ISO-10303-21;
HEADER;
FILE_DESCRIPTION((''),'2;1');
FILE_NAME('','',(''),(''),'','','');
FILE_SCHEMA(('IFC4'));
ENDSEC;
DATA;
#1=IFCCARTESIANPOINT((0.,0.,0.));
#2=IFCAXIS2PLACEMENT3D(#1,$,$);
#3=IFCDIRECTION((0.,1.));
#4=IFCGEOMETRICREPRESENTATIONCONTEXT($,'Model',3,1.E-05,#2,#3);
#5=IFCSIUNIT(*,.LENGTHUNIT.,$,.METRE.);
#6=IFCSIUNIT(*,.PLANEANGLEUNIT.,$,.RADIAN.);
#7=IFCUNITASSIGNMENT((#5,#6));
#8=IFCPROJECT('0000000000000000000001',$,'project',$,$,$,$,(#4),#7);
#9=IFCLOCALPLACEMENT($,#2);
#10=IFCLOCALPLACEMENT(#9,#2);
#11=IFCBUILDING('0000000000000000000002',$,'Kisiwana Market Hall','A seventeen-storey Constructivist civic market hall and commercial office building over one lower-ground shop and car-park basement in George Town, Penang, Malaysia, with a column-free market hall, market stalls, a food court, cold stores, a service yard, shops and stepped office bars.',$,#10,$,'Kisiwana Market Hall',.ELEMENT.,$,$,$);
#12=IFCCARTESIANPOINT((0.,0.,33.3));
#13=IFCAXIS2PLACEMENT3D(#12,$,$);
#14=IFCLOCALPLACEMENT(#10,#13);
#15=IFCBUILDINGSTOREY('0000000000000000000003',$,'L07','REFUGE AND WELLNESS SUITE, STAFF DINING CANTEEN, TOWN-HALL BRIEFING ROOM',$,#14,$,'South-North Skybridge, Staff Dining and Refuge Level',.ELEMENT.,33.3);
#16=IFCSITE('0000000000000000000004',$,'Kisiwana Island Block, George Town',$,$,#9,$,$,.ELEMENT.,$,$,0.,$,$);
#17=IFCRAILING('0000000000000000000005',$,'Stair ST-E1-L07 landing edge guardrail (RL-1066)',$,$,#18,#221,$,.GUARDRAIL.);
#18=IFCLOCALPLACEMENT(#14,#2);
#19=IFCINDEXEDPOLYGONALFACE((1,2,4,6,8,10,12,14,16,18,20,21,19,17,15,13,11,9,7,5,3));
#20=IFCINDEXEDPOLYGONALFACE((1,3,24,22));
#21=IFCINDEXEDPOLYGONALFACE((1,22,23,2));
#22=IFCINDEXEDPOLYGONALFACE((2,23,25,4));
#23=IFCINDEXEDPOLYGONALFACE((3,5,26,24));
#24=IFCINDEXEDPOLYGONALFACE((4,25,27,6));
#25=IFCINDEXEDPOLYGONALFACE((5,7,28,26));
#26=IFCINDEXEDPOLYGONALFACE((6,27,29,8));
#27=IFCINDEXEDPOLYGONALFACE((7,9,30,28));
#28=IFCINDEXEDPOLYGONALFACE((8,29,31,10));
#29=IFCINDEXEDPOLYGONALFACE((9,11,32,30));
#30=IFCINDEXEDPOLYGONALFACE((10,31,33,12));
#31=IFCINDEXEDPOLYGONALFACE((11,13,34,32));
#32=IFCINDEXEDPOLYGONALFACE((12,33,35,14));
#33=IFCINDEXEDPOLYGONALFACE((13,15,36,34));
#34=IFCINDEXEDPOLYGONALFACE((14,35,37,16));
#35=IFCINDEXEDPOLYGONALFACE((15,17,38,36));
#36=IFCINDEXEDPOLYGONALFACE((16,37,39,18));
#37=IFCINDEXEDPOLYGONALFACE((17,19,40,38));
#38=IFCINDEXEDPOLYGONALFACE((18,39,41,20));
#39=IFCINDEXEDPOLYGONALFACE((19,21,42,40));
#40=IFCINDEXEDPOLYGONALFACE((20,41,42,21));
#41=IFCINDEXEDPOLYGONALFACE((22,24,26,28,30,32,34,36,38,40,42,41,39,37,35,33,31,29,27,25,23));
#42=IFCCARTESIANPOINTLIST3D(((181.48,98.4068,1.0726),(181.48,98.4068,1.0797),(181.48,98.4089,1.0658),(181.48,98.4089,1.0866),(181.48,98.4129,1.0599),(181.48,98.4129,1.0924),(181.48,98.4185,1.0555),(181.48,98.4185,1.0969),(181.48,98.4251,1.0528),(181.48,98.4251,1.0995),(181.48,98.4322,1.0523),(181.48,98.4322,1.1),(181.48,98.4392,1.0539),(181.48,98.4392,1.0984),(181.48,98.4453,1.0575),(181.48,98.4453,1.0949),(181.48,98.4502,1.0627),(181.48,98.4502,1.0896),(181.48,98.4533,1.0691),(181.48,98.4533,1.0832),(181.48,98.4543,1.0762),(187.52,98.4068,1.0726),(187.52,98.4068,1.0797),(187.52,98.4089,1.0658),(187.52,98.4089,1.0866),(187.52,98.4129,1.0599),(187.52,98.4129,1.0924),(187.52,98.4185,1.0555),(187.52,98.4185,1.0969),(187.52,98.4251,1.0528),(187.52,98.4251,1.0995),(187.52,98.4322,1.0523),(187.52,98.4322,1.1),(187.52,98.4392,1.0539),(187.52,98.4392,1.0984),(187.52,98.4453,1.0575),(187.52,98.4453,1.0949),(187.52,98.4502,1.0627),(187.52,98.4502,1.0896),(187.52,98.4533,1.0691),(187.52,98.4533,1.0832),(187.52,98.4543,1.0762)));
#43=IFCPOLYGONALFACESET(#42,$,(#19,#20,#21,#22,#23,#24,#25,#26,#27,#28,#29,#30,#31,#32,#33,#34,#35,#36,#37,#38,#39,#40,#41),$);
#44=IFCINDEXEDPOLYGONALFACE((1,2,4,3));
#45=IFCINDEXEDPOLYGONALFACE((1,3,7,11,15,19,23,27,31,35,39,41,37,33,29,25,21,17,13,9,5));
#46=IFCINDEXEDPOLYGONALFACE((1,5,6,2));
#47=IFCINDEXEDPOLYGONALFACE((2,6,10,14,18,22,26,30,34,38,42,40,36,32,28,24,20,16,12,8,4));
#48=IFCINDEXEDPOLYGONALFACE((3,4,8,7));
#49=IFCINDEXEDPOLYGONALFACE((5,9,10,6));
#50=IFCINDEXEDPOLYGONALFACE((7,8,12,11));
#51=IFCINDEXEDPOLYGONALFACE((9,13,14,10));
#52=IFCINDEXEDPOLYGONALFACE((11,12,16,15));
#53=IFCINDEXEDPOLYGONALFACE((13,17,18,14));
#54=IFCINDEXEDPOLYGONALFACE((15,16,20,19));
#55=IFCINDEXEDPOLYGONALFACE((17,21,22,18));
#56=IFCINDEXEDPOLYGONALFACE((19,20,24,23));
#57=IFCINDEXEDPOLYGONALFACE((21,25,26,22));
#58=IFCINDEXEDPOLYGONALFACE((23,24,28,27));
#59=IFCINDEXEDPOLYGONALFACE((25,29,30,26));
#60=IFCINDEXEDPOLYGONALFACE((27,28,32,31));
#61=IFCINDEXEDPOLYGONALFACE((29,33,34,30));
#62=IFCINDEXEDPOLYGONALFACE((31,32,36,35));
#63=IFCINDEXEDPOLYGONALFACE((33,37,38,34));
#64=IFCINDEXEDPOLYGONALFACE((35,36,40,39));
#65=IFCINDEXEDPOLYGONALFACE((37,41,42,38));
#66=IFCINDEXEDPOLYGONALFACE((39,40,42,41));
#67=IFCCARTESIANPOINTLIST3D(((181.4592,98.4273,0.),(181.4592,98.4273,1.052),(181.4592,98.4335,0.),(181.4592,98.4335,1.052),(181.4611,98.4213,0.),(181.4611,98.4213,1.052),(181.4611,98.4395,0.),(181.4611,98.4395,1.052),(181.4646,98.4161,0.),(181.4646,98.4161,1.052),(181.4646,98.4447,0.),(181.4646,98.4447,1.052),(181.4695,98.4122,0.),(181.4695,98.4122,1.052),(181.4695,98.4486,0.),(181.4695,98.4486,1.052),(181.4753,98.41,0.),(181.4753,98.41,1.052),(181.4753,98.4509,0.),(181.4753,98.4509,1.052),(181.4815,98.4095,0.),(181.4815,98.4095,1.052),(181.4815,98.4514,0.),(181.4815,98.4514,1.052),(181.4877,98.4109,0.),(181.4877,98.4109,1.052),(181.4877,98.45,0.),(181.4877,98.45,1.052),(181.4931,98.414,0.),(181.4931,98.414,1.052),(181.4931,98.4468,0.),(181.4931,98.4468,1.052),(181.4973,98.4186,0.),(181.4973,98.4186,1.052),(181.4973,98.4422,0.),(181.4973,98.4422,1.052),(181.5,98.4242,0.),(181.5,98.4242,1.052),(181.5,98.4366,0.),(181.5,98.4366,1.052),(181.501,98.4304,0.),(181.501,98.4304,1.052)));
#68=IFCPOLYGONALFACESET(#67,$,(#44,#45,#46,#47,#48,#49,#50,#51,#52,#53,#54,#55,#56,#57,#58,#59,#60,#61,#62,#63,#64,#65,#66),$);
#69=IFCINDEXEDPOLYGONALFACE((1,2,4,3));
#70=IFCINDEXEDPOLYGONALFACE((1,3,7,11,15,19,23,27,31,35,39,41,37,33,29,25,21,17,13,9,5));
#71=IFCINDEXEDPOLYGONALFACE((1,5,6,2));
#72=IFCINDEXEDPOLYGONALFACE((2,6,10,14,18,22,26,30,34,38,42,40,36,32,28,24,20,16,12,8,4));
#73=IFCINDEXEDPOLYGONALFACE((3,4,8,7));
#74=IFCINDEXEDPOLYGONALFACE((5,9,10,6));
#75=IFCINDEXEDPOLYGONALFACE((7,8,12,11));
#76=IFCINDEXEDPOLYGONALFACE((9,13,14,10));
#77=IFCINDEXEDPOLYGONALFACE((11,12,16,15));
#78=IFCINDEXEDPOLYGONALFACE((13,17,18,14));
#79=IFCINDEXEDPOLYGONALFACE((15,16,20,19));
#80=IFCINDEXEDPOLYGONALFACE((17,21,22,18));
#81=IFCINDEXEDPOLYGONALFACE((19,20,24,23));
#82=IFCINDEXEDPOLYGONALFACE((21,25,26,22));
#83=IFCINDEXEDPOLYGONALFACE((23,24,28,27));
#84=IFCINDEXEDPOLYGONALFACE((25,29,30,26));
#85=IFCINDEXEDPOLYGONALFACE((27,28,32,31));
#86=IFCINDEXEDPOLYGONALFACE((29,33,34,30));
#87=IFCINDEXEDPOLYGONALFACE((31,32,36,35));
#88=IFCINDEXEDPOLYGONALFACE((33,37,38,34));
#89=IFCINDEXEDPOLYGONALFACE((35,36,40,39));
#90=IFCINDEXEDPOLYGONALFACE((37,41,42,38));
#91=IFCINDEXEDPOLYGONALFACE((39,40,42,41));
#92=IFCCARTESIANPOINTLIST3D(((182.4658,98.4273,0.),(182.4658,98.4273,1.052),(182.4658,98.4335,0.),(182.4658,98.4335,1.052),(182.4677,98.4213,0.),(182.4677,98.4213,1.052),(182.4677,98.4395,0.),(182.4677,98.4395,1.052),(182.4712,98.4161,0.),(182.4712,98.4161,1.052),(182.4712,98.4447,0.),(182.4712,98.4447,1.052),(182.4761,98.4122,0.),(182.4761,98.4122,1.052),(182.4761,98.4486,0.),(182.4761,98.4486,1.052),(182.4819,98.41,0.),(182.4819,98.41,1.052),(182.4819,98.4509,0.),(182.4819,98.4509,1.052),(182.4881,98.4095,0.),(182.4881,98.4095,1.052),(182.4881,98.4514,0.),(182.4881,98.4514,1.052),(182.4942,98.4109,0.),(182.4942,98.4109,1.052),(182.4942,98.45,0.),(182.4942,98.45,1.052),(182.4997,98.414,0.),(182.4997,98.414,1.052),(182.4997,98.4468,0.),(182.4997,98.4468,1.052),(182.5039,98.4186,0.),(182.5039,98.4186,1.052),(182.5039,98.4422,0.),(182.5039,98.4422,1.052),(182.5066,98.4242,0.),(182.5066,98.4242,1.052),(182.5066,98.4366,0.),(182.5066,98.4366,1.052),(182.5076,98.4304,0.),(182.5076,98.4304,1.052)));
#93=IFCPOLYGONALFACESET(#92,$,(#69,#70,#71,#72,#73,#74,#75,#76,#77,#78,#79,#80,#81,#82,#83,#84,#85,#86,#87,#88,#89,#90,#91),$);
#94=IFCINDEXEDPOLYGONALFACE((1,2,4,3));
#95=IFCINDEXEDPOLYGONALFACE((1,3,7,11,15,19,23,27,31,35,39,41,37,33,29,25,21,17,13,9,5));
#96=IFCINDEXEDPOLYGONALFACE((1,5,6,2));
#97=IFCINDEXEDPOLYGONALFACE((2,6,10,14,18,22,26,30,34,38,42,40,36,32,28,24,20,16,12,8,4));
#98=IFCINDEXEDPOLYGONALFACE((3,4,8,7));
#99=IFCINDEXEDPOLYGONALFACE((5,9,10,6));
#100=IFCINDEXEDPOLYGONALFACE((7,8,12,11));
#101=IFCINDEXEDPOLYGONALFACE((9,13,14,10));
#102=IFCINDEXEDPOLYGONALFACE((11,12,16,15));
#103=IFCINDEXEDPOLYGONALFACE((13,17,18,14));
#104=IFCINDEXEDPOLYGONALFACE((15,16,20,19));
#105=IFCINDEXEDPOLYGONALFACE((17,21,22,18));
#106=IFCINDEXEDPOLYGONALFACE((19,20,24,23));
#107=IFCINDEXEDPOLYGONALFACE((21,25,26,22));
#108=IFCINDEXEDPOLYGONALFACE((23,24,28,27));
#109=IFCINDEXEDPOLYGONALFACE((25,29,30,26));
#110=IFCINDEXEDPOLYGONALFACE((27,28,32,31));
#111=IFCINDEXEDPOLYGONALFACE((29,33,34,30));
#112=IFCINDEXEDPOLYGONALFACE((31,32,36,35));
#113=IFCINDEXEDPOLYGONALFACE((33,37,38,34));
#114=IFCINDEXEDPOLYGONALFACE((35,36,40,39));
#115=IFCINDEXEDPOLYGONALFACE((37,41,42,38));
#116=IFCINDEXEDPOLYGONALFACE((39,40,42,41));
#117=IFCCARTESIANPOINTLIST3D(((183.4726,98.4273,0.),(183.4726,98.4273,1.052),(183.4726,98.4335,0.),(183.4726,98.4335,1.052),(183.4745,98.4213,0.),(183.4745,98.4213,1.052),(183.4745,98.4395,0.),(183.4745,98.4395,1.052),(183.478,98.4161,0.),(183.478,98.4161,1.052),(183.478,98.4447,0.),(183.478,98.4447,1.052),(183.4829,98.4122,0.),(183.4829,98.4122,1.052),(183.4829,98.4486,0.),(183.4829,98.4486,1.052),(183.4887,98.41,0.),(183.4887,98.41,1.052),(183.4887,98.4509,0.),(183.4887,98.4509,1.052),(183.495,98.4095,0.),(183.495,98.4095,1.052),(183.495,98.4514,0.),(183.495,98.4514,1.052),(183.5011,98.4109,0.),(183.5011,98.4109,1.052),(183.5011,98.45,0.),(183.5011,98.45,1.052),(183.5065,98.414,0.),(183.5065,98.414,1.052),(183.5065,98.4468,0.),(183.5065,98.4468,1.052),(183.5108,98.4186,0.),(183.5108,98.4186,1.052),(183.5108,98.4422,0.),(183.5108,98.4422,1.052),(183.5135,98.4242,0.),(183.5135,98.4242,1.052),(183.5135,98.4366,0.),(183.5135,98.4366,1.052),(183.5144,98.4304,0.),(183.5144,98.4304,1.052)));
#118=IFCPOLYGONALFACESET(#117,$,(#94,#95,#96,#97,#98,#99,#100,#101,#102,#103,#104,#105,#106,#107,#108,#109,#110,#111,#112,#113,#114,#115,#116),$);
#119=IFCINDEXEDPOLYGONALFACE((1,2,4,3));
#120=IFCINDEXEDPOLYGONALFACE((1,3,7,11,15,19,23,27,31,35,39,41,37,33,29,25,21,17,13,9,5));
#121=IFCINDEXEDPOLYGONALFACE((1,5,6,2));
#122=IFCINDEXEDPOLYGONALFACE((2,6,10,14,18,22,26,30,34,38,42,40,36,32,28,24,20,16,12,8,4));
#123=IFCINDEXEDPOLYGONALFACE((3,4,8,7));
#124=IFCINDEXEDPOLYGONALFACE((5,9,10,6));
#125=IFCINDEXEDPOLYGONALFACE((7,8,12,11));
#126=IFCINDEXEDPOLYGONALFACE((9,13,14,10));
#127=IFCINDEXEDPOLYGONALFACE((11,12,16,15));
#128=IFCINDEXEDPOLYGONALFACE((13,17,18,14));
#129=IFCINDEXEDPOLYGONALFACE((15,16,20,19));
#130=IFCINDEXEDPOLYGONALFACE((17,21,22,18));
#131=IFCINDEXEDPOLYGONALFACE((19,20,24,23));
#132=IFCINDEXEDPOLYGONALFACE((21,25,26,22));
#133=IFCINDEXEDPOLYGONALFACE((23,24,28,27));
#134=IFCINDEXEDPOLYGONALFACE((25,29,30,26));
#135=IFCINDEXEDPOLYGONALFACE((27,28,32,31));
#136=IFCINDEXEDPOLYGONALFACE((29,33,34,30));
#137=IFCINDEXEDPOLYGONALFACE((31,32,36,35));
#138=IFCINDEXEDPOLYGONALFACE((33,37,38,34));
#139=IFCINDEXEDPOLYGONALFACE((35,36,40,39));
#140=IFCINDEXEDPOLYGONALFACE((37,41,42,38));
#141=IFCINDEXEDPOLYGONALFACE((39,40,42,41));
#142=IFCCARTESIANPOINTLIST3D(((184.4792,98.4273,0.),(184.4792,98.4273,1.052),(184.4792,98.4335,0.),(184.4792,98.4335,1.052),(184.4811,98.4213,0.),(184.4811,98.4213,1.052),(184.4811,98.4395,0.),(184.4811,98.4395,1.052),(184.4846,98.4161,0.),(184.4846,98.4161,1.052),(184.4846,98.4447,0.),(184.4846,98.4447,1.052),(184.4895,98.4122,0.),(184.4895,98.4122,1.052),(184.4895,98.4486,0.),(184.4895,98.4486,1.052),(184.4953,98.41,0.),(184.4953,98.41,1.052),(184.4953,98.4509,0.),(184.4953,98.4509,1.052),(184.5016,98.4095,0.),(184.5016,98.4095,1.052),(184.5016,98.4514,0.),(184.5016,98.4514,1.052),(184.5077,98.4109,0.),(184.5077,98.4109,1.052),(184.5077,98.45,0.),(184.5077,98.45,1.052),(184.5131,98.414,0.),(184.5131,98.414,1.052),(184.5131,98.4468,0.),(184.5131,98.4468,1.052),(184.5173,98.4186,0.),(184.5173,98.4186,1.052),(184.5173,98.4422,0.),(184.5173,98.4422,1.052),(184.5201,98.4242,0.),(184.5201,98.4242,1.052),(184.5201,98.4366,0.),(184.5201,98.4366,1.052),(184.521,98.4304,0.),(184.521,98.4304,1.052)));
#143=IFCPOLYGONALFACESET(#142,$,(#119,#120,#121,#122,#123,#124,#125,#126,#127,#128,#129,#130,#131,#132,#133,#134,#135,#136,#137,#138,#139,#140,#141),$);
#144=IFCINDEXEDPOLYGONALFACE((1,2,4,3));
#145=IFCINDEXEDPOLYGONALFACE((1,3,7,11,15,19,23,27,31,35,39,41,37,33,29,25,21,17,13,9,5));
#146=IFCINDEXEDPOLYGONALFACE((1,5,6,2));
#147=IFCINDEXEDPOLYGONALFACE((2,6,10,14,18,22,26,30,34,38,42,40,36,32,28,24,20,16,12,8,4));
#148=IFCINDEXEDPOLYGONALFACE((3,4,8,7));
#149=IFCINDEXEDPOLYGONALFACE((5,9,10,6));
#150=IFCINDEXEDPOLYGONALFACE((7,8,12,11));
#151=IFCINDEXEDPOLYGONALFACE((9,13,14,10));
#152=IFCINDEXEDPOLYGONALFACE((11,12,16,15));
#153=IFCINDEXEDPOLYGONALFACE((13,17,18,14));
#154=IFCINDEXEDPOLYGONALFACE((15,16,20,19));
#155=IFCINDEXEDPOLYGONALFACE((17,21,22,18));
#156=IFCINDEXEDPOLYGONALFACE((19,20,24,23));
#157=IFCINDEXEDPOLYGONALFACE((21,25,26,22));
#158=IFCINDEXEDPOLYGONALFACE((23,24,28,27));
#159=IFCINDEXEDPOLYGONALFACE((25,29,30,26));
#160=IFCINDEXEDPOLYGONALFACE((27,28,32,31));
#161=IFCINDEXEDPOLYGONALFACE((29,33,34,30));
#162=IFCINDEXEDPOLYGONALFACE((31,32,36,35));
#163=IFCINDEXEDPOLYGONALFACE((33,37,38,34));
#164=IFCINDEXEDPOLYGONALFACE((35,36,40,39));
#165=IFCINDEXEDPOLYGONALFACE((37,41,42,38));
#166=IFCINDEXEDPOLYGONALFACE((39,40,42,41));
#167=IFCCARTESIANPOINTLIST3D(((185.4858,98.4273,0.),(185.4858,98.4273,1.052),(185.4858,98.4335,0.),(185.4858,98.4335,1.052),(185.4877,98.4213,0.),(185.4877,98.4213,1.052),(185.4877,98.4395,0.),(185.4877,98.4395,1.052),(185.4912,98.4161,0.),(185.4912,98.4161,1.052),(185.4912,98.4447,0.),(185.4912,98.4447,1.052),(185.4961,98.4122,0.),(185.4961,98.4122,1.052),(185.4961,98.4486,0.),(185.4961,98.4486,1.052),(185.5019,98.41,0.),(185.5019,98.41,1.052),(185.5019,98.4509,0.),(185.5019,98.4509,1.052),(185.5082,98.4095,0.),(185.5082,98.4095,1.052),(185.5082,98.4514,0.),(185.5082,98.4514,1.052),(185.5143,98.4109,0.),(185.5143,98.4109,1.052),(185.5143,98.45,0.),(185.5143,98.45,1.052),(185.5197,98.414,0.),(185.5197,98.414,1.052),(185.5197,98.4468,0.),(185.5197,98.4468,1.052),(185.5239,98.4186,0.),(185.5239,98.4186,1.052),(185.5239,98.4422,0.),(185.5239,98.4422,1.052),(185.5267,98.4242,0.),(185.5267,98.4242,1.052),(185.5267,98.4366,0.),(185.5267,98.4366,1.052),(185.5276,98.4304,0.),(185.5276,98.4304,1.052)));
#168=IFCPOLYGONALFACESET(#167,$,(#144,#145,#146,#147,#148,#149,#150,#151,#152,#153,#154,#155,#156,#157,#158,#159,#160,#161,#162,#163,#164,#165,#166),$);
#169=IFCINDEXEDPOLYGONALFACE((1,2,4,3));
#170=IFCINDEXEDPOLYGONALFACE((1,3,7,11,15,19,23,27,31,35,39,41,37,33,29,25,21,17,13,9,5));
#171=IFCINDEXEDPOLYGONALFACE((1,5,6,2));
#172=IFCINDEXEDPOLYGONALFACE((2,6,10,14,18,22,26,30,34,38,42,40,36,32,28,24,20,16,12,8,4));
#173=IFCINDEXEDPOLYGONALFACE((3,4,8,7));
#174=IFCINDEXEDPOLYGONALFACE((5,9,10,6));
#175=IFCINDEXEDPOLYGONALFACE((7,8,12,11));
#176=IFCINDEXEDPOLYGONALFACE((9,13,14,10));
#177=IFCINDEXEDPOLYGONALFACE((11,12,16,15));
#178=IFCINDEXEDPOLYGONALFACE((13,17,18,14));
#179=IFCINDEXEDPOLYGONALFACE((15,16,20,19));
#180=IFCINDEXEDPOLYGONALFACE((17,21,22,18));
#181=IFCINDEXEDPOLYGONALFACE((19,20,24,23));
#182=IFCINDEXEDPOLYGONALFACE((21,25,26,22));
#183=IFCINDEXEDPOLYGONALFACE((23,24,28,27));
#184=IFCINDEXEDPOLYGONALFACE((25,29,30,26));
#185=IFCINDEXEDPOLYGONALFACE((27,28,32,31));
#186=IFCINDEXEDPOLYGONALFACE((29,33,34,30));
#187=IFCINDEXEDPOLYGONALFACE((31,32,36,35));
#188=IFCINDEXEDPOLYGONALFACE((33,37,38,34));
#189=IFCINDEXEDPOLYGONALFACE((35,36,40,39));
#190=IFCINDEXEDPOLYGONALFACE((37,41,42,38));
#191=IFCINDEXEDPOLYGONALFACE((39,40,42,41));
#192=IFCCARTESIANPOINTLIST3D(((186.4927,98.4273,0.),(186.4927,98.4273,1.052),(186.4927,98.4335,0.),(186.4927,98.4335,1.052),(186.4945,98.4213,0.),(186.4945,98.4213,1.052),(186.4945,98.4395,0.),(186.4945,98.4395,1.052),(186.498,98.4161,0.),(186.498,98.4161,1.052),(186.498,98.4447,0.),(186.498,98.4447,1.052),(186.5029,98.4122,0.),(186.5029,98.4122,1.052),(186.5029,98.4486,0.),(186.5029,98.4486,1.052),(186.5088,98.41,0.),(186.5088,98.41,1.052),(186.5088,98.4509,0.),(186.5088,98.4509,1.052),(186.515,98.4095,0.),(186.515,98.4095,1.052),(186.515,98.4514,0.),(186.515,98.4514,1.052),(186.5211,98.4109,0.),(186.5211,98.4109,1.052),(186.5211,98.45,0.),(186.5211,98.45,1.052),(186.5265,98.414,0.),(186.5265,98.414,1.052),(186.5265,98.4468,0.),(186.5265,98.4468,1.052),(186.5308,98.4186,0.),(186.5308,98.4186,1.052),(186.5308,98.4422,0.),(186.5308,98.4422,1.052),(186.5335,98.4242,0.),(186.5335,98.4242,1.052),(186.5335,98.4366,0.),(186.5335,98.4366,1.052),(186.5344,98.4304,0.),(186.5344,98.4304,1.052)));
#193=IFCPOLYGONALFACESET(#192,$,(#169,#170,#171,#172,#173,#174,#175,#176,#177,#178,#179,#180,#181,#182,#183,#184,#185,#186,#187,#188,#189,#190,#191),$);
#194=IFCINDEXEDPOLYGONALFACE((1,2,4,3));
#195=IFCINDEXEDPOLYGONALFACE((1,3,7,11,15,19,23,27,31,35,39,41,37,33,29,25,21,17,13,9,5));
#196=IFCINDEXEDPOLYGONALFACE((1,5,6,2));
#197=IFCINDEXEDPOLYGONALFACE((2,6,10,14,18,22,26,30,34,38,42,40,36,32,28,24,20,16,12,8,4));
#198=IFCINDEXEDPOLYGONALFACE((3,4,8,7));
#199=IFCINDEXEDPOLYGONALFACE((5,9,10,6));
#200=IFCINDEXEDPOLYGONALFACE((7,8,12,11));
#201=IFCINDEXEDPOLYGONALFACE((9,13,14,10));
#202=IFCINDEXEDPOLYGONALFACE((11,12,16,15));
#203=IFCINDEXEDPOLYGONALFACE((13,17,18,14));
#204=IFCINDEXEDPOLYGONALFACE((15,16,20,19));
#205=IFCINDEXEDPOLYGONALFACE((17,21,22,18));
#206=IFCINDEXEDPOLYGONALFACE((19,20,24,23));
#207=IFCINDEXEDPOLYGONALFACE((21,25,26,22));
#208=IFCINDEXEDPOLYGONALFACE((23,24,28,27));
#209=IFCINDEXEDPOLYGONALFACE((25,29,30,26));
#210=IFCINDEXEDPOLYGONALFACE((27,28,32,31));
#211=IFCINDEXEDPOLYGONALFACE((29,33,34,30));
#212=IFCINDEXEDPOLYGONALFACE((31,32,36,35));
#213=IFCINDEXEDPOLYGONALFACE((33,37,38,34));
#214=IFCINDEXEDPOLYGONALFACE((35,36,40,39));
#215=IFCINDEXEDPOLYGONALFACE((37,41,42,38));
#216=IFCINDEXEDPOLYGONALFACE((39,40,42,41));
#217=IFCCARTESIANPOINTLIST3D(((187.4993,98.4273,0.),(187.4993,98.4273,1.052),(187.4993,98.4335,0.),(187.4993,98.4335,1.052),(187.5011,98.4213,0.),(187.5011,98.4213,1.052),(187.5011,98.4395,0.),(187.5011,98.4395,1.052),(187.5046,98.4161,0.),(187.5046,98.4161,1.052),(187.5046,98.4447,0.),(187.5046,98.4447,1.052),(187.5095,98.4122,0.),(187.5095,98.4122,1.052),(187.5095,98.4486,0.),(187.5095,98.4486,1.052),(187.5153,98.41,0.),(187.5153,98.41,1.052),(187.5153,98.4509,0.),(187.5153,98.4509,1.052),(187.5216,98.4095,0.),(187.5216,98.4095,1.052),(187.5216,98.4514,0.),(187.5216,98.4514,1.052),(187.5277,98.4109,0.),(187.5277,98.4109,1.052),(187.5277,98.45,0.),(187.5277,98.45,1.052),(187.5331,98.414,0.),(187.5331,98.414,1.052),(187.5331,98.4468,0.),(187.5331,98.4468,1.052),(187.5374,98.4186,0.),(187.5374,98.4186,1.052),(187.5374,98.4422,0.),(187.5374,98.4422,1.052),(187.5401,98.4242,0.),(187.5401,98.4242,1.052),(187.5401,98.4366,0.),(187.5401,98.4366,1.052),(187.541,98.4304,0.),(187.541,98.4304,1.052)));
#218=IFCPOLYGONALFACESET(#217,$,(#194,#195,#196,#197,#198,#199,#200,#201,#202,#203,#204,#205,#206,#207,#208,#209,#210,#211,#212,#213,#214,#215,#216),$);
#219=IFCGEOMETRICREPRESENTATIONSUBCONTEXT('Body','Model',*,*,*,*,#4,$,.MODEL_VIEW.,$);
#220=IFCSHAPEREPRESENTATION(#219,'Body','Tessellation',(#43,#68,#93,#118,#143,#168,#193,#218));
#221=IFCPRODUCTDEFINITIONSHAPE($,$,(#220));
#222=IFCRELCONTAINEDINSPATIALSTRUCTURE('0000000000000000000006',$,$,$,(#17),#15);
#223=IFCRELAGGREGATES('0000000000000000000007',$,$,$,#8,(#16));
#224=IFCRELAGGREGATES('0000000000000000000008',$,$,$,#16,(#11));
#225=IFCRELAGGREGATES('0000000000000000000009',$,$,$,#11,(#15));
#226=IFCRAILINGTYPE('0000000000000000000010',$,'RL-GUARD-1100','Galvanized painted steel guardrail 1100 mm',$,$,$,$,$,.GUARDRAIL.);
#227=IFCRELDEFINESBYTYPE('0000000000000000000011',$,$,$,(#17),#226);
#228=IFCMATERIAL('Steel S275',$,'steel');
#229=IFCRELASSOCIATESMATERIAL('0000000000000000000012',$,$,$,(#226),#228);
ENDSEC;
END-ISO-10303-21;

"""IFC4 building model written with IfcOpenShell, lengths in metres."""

from ifc_helpers import new_model, si_unit, direction, frame, origin, origin_2d, place, context, subcontext, project, spatial, circle, extrude, material, type_object, element, save


model = new_model("IFC4")

# Units and contexts
model_context = context("Model", 3, precision=1e-05, world=origin(), true_north=direction((0.0, 1.0)))
body_context = subcontext(model_context, "Body", "Model", "MODEL_VIEW")
ifc_project = project(units=[si_unit("LENGTHUNIT", "METRE"), si_unit("PLANEANGLEUNIT", "RADIAN")], contexts=[model_context])

# Site, building, storey
site_placement = place(None, origin())
site = spatial("IfcSite", under=ifc_project, at=site_placement, Name="Kisiwana Island Block, George Town", CompositionType="ELEMENT", RefElevation=0.0)
building_placement = place(site_placement, origin())
building = spatial("IfcBuilding", under=site, at=building_placement, Name="Kisiwana Market Hall", Description="A seventeen-storey Constructivist civic market hall and commercial office building over one lower-ground shop and car-park basement in George Town, Penang, Malaysia, with a column-free market hall, market stalls, a food court, cold stores, a service yard, shops and stepped office bars.", LongName="Kisiwana Market Hall", CompositionType="ELEMENT")
storey_placement = place(building_placement, frame((0.0, 0.0, 33.3)))
storey = spatial("IfcBuildingStorey", under=building, at=storey_placement, Name="L07", Description="REFUGE AND WELLNESS SUITE, STAFF DINING CANTEEN, TOWN-HALL BRIEFING ROOM", LongName="South-North Skybridge, Staff Dining and Refuge Level", CompositionType="ELEMENT", Elevation=33.3)

# Railing
ifc_material_1 = material(Name="Steel S275", Category="steel")
railing_type_1 = type_object("IfcRailingType", Name="RL-GUARD-1100", Description="Galvanized painted steel guardrail 1100 mm", PredefinedType="GUARDRAIL", material=ifc_material_1)
railing_1_placement = place(storey_placement, frame((181.48, 98.4304, 0.0)))
element("IfcRailing", 1, at=railing_1_placement, inside=storey, type_object=railing_type_1, Name="Stair ST-E1-L07 landing edge guardrail (RL-1066)", PredefinedType="GUARDRAIL", context=body_context, shape_type="SweptSolid", body=[
    extrude(circle(Radius=0.0239, at=origin_2d()), frame((0.0, 0.0, 1.0762), z_axis=(1.0, 0.0, 0.0), x_axis=(0.0, 1.0, 0.0)), (0.0, 0.0, 1.0), 6.04),
    extrude(circle(Radius=0.021, at=origin_2d()), origin(), (0.0, 0.0, 1.0), 1.052),
    extrude(circle(Radius=0.021, at=origin_2d()), frame((1.0066, 0.0, 0.0)), (0.0, 0.0, 1.0), 1.052),
    extrude(circle(Radius=0.021, at=origin_2d()), frame((2.0134, 0.0, 0.0)), (0.0, 0.0, 1.0), 1.052),
    extrude(circle(Radius=0.021, at=origin_2d()), frame((3.02, 0.0, 0.0)), (0.0, 0.0, 1.0), 1.052),
    extrude(circle(Radius=0.021, at=origin_2d()), frame((4.0266, 0.0, 0.0)), (0.0, 0.0, 1.0), 1.052),
    extrude(circle(Radius=0.021, at=origin_2d()), frame((5.0334, 0.0, 0.0)), (0.0, 0.0, 1.0), 1.052),
    extrude(circle(Radius=0.021, at=origin_2d()), frame((6.04, 0.0, 0.0)), (0.0, 0.0, 1.0), 1.052),
])

save(model, "model.ifc")
